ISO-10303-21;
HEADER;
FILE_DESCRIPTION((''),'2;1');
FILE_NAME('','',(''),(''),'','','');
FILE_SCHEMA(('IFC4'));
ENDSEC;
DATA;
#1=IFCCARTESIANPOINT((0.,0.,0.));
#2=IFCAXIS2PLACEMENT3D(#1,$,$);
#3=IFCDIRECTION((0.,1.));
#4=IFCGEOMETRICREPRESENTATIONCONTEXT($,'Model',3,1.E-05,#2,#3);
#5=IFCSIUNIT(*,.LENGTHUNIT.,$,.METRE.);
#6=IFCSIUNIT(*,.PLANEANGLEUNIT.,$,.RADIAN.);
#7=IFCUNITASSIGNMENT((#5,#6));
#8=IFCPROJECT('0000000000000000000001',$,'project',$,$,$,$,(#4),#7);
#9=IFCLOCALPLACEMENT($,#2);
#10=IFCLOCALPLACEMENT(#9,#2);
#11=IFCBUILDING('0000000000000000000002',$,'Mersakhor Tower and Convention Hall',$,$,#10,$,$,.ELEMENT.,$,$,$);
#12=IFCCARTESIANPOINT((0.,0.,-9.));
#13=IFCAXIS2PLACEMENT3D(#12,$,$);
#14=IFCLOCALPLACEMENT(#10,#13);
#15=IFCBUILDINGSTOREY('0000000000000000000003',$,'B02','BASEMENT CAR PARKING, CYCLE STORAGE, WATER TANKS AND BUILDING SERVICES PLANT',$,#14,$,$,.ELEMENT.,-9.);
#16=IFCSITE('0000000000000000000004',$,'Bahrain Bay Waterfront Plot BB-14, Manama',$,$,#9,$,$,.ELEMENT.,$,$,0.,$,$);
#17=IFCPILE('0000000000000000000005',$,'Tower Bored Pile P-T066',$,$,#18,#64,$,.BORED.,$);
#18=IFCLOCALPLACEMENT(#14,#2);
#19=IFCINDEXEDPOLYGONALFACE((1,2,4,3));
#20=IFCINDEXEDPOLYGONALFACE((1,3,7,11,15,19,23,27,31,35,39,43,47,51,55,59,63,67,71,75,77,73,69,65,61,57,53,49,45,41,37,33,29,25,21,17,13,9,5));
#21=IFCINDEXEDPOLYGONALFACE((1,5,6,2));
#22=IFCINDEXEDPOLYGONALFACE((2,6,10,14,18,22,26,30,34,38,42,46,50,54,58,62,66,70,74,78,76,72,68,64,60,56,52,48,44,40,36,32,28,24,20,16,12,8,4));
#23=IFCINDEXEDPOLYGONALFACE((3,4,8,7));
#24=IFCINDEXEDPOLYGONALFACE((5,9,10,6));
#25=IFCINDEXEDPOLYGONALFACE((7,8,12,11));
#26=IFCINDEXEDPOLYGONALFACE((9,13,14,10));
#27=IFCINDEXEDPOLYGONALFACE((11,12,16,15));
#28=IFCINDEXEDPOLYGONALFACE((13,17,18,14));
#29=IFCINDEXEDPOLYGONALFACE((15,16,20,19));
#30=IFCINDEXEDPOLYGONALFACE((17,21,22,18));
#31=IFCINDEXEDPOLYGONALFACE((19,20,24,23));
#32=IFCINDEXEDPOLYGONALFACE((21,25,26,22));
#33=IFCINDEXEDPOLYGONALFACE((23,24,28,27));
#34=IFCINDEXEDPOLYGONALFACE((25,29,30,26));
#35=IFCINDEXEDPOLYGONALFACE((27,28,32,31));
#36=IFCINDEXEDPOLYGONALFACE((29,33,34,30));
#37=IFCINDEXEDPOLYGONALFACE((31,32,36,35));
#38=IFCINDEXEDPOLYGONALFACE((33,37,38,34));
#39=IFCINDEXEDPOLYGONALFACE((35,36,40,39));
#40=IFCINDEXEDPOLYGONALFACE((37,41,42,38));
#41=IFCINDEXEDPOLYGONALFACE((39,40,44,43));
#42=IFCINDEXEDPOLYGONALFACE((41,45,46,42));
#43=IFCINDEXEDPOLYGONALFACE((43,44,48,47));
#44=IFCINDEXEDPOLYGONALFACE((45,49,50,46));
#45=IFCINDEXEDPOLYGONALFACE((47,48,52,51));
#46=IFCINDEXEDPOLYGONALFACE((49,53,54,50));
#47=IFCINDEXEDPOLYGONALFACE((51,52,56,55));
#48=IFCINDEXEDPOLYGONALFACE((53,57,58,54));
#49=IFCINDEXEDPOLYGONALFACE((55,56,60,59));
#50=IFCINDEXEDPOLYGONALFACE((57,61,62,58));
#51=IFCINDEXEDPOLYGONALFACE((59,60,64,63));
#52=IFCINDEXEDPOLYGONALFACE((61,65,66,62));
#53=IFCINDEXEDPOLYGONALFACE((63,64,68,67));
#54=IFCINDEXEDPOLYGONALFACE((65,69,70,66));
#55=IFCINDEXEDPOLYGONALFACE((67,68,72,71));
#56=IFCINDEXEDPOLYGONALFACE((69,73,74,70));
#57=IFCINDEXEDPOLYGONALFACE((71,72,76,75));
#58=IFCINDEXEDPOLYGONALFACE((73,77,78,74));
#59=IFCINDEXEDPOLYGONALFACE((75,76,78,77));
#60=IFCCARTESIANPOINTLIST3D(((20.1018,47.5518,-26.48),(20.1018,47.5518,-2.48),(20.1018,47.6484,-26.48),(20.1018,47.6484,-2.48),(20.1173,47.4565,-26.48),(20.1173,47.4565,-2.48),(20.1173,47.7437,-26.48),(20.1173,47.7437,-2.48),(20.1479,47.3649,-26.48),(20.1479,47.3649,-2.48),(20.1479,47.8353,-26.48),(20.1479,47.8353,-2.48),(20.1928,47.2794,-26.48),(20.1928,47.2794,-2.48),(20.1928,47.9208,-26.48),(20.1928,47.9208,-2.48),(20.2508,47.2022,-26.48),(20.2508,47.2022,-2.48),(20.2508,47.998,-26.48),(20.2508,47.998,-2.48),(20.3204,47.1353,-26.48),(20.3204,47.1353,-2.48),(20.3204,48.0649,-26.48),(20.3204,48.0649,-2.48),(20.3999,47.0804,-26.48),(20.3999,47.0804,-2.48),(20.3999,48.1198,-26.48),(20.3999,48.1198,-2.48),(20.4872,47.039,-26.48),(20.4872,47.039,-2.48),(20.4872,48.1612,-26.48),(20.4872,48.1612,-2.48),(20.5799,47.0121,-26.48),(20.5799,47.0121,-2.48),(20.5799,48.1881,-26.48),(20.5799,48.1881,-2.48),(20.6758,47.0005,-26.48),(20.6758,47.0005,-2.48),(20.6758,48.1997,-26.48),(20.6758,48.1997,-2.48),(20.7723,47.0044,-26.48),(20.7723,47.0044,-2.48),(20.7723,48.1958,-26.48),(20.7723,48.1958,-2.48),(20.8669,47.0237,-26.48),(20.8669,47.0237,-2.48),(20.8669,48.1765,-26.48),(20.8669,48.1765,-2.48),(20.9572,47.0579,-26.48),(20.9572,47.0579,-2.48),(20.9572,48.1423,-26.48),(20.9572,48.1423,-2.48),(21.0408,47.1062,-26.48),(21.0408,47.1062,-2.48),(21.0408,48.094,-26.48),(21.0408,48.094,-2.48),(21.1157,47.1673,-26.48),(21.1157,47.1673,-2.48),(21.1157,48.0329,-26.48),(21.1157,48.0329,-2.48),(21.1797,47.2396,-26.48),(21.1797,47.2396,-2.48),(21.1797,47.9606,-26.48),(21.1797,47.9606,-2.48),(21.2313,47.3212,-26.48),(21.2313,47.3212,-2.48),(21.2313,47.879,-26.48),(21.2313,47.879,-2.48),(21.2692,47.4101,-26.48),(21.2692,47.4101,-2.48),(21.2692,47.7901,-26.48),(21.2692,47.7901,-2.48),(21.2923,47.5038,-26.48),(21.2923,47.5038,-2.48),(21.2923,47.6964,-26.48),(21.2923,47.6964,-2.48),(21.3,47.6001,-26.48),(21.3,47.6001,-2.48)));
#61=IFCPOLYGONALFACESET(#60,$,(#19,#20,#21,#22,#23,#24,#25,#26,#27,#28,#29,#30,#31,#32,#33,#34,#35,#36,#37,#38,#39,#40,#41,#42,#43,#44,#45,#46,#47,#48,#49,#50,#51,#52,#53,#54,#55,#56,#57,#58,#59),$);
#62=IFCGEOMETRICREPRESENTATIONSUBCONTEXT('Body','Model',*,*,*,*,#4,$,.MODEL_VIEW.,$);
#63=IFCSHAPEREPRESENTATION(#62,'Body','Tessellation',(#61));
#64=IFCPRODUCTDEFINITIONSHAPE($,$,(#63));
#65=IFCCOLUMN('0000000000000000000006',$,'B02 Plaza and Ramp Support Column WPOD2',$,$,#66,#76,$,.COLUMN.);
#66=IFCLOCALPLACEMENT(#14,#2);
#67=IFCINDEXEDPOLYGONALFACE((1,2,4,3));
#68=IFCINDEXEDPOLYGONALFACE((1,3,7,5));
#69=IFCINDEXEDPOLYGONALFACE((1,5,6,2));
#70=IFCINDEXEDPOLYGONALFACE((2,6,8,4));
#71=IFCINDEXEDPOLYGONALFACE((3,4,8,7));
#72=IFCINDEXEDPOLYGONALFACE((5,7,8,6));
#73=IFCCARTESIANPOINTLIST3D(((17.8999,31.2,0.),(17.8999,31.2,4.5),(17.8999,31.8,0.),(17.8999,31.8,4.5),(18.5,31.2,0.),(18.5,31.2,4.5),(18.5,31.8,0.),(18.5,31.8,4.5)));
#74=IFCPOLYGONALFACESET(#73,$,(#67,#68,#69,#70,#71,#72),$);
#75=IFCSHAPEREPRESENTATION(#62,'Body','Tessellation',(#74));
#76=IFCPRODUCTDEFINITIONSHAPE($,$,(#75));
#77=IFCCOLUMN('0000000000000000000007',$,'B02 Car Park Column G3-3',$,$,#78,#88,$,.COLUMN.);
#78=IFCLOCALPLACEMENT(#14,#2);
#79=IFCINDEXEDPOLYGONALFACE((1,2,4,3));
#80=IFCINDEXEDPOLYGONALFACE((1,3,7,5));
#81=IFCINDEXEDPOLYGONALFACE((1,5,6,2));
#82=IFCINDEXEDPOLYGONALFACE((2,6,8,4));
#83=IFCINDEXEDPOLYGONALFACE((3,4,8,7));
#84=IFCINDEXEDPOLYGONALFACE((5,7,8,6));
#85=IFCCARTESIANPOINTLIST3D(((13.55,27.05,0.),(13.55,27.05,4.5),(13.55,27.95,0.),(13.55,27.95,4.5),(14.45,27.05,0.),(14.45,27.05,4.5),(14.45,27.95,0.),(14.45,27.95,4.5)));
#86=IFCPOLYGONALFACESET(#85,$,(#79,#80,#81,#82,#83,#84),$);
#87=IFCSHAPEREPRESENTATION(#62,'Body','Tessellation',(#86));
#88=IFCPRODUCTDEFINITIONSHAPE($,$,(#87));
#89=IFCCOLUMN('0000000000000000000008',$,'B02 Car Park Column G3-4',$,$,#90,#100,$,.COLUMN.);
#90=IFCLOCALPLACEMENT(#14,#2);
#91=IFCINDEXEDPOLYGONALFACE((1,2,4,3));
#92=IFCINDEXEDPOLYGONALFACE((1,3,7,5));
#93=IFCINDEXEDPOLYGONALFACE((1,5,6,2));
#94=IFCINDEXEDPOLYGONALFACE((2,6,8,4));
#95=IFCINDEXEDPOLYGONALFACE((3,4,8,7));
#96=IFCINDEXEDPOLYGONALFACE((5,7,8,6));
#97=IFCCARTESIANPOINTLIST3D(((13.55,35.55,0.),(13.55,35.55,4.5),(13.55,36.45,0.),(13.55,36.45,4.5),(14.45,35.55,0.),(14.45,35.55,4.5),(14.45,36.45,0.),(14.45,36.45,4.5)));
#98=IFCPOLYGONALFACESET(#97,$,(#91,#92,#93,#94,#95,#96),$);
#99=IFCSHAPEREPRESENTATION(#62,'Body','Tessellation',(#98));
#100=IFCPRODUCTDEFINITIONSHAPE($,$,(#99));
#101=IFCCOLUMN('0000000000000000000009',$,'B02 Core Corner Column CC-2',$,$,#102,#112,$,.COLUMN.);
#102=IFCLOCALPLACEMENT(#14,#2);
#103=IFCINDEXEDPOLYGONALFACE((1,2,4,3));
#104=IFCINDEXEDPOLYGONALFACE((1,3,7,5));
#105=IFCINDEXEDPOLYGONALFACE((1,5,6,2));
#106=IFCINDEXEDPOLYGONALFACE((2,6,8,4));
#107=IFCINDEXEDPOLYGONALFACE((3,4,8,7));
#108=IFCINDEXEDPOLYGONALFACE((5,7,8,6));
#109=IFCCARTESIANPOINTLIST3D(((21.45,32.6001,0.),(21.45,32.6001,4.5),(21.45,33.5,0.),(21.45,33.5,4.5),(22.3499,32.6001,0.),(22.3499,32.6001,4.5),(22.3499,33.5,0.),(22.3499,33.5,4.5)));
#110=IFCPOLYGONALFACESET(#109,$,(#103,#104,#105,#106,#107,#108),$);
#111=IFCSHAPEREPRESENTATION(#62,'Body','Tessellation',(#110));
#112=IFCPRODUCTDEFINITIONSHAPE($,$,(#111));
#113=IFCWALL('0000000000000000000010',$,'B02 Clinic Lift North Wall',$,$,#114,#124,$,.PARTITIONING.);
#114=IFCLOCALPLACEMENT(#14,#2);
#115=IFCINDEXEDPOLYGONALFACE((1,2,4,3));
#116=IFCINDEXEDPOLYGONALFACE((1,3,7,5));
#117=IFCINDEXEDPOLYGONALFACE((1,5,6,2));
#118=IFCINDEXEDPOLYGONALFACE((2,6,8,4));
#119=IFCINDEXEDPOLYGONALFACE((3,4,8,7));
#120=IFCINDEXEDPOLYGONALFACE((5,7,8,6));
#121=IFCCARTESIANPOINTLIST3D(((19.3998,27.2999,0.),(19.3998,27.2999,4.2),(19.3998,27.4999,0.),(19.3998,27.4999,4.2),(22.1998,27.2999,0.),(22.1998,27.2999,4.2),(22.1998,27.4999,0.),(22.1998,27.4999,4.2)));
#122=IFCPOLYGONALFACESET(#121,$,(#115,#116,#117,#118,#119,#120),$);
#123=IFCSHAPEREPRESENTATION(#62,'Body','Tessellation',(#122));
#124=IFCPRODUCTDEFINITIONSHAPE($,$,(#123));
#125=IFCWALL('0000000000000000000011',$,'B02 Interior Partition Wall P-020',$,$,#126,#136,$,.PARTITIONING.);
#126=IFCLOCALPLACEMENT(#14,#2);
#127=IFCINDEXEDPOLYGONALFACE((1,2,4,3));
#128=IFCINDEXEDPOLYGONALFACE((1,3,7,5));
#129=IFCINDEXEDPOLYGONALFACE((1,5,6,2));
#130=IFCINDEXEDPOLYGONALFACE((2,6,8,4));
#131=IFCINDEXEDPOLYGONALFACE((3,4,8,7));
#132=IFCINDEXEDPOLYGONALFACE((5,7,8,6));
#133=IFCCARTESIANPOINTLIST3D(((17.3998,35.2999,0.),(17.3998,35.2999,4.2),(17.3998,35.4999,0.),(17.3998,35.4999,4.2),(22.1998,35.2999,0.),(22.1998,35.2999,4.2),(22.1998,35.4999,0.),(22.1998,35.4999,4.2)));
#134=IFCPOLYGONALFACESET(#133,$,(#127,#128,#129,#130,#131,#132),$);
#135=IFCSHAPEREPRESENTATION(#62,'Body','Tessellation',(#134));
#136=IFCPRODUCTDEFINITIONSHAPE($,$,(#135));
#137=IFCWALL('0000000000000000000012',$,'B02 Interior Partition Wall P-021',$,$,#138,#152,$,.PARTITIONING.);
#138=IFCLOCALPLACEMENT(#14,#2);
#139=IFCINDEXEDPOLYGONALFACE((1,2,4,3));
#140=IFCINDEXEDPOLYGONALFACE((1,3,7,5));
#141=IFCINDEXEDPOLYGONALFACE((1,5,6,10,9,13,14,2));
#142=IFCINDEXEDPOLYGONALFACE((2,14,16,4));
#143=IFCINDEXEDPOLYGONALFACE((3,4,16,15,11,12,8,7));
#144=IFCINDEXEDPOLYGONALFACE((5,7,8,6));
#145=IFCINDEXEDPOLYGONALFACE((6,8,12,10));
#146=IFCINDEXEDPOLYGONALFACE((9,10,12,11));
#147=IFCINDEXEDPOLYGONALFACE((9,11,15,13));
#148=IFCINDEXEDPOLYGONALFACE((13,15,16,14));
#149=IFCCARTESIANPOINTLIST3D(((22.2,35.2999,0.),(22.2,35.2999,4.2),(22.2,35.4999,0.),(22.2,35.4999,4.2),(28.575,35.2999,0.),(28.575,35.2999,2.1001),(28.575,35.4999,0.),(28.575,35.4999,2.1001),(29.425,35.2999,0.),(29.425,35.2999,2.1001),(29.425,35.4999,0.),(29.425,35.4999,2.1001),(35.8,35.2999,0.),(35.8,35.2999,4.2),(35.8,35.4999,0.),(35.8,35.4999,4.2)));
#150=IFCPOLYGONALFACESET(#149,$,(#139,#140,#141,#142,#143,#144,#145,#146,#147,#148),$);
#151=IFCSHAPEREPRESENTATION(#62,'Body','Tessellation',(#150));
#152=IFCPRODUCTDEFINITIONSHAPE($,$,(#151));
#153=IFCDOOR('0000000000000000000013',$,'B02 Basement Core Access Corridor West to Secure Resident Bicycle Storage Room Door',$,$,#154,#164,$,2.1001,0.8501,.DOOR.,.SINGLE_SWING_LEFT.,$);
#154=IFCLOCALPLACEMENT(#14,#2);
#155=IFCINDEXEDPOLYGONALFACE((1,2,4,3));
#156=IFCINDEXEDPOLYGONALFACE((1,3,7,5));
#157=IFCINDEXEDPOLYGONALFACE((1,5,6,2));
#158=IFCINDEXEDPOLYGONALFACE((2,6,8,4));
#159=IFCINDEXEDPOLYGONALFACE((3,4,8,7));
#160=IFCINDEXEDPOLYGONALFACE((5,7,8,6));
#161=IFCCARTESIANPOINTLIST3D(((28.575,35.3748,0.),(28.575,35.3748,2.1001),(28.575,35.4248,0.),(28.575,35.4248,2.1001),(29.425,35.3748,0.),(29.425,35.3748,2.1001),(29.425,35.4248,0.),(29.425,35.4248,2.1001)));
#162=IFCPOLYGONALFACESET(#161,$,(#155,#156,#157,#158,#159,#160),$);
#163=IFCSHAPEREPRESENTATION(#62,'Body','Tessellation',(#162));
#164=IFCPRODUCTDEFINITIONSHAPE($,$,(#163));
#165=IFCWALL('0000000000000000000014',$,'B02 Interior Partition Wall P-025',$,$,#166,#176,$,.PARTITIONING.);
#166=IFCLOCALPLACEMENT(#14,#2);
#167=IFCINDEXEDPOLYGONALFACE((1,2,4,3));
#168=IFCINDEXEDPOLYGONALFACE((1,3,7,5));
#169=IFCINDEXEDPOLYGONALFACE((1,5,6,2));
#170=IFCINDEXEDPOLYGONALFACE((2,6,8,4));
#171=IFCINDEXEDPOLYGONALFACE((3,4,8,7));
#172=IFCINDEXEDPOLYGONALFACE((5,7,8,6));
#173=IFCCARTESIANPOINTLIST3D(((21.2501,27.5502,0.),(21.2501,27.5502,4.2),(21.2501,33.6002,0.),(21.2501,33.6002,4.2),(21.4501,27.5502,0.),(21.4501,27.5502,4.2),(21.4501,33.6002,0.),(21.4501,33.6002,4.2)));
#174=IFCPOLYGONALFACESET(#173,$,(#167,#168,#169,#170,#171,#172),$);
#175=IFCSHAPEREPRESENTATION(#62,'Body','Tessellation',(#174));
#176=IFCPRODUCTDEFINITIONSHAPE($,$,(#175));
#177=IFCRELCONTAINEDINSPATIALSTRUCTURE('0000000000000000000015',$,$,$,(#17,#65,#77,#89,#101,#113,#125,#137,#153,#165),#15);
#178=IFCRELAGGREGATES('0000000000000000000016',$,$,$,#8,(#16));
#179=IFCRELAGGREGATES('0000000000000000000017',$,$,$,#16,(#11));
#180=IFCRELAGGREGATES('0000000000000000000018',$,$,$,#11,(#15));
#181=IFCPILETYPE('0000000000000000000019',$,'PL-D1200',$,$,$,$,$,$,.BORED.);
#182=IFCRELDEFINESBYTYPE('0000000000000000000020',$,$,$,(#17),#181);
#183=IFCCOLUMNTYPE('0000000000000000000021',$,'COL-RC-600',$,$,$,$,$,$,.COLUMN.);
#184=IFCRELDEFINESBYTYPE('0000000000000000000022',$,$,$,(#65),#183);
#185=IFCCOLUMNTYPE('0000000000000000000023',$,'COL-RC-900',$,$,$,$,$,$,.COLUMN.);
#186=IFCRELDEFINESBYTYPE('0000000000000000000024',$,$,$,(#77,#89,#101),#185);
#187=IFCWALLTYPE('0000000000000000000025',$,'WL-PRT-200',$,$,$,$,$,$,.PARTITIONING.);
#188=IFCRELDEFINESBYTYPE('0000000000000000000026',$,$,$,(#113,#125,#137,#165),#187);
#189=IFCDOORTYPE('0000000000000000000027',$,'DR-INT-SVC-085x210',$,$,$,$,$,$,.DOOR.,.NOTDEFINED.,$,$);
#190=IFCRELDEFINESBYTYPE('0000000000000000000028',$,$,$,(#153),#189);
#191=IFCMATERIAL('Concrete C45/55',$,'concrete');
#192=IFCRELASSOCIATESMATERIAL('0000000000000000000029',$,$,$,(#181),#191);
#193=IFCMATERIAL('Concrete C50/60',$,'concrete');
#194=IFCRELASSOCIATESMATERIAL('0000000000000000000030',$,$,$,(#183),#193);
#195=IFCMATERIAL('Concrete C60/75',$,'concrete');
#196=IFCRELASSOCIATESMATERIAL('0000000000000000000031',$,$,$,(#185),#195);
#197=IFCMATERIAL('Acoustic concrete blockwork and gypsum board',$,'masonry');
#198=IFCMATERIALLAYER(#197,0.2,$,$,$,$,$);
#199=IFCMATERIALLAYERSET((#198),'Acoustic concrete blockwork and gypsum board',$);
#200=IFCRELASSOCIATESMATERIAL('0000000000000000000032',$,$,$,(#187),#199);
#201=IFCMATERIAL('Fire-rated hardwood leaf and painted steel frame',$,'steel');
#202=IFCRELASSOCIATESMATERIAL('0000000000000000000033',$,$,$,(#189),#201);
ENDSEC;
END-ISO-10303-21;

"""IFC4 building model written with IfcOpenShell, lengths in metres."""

from ifc_helpers import new_model, si_unit, direction, frame, frame_2d, origin, origin_2d, place, context, subcontext, project, spatial, rectangle, circle, extrude, material, layer, layer_set, material_profile, profile_set, type_object, element, fill, save


model = new_model("IFC4")

# Units and contexts
model_context = context("Model", 3, precision=1e-05, world=origin(), true_north=direction((0.0, 1.0)))
body_context = subcontext(model_context, "Body", "Model", "MODEL_VIEW")
ifc_project = project(units=[si_unit("LENGTHUNIT", "METRE"), si_unit("PLANEANGLEUNIT", "RADIAN")], contexts=[model_context])

# Site, building, storey
site_placement = place(None, origin())
site = spatial("IfcSite", under=ifc_project, at=site_placement, Name="Bahrain Bay Waterfront Plot BB-14, Manama", CompositionType="ELEMENT", RefElevation=0.0)
building_placement = place(site_placement, origin())
building = spatial("IfcBuilding", under=site, at=building_placement, Name="Mersakhor Tower and Convention Hall", CompositionType="ELEMENT")
storey_placement = place(building_placement, frame((0.0, 0.0, -9.0)))
storey = spatial("IfcBuildingStorey", under=building, at=storey_placement, Name="B02", Description="BASEMENT CAR PARKING, CYCLE STORAGE, WATER TANKS AND BUILDING SERVICES PLANT", CompositionType="ELEMENT", Elevation=-9.0)

# Pile
ifc_material_1 = material(Name="Concrete C45/55", Category="concrete")
ifc_material_profile_1 = material_profile(ifc_material_1, circle(Radius=0.6001, at=origin_2d()), Name="PILE D1200")
ifc_profile_set_1 = profile_set([ifc_material_profile_1], Name="Concrete C45/55")
pile_type = type_object("IfcPileType", Name="PL-D1200", PredefinedType="BORED", material=ifc_profile_set_1)
for number, where, z_axis, x_axis, name in (
    (1, (20.7, 47.6001, -2.48), (0.0, 0.0, -1.0), (1.0, 0.0, 0.0), "Tower Bored Pile P-T066"),
):
    element("IfcPile", number, at=place(storey_placement, frame(where, z_axis=z_axis, x_axis=x_axis)), inside=storey, type_object=pile_type, Name=name, PredefinedType="BORED", context=body_context, shape_type="SweptSolid", body=[
        extrude(circle(Radius=0.6001, at=origin_2d()), origin(), (0.0, 0.0, 1.0), 24.0),
    ])

# Columns
ifc_material_2 = material(Name="Concrete C50/60", Category="concrete")
ifc_material_profile_2 = material_profile(ifc_material_2, rectangle(XDim=0.6001, YDim=0.6001, at=origin_2d()), Name="RC 600x600")
ifc_profile_set_2 = profile_set([ifc_material_profile_2], Name="Concrete C50/60")
column_type_1 = type_object("IfcColumnType", Name="COL-RC-600", PredefinedType="COLUMN", material=ifc_profile_set_2)
column_placement = place(storey_placement, frame((18.2, 31.5, 0.0), z_axis=(0.0, 0.0, 1.0), x_axis=(1.0, 0.0, 0.0)))
element("IfcColumn", 2, at=column_placement, inside=storey, type_object=column_type_1, Name="B02 Plaza and Ramp Support Column WPOD2", PredefinedType="COLUMN", context=body_context, shape_type="SweptSolid", body=[
    extrude(rectangle(XDim=0.6001, YDim=0.6001, at=origin_2d()), origin(), (0.0, 0.0, 1.0), 4.5),
])
ifc_material_3 = material(Name="Concrete C60/75", Category="concrete")
ifc_material_profile_3 = material_profile(ifc_material_3, rectangle(XDim=0.8999, YDim=0.8999, at=origin_2d()), Name="RC 900x900")
ifc_profile_set_3 = profile_set([ifc_material_profile_3], Name="Concrete C60/75")
column_type_2 = type_object("IfcColumnType", Name="COL-RC-900", PredefinedType="COLUMN", material=ifc_profile_set_3)
for number, where, z_axis, x_axis, name in (
    (3, (14.0, 27.5, 0.0), (0.0, 0.0, 1.0), (1.0, 0.0, 0.0), "B02 Car Park Column G3-3"),
    (4, (14.0, 36.0, 0.0), (0.0, 0.0, 1.0), (1.0, 0.0, 0.0), "B02 Car Park Column G3-4"),
    (5, (21.8999, 33.05, 0.0), (0.0, 0.0, 1.0), (1.0, 0.0, 0.0), "B02 Core Corner Column CC-2"),
):
    element("IfcColumn", number, at=place(storey_placement, frame(where, z_axis=z_axis, x_axis=x_axis)), inside=storey, type_object=column_type_2, Name=name, PredefinedType="COLUMN", context=body_context, shape_type="SweptSolid", body=[
        extrude(rectangle(XDim=0.8999, YDim=0.8999, at=origin_2d()), origin(), (0.0, 0.0, 1.0), 4.5),
    ])

# Walls
ifc_material_4 = material(Name="Acoustic concrete blockwork and gypsum board", Category="masonry")
ifc_layer_1 = layer(ifc_material_4, 0.2)
ifc_layer_set_1 = layer_set([ifc_layer_1], Name="Acoustic concrete blockwork and gypsum board")
wall_type_1 = type_object("IfcWallType", Name="WL-PRT-200", PredefinedType="PARTITIONING", material=ifc_layer_set_1)
wall_1_placement = place(storey_placement, frame((19.3999, 27.3999, 0.0), z_axis=(0.0, 0.0, 1.0), x_axis=(1.0, 0.0, 0.0)))
element("IfcWall", 6, at=wall_1_placement, inside=storey, type_object=wall_type_1, Name="B02 Clinic Lift North Wall", PredefinedType="PARTITIONING", context=body_context, shape_type="SweptSolid", body=[
    extrude(rectangle(XDim=2.8, YDim=0.2, at=frame_2d((1.3999, 0.0))), origin(), (0.0, 0.0, 1.0), 4.2),
])
wall_2_placement = place(storey_placement, frame((17.3999, 35.3999, 0.0), z_axis=(0.0, 0.0, 1.0), x_axis=(1.0, 0.0, 0.0)))
element("IfcWall", 7, at=wall_2_placement, inside=storey, type_object=wall_type_1, Name="B02 Interior Partition Wall P-020", PredefinedType="PARTITIONING", context=body_context, shape_type="SweptSolid", body=[
    extrude(rectangle(XDim=4.8, YDim=0.2, at=frame_2d((2.3999, 0.0))), origin(), (0.0, 0.0, 1.0), 4.2),
])

# Wall, opening, door
wall_3_placement = place(storey_placement, frame((22.2, 35.3999, 0.0), z_axis=(0.0, 0.0, 1.0), x_axis=(1.0, 0.0, 0.0)))
wall_3 = element("IfcWall", 8, at=wall_3_placement, inside=storey, type_object=wall_type_1, Name="B02 Interior Partition Wall P-021", PredefinedType="PARTITIONING", context=body_context, shape_type="SweptSolid", body=[
    extrude(rectangle(XDim=13.6001, YDim=0.2, at=frame_2d((6.8, 0.0))), origin(), (0.0, 0.0, 1.0), 4.2),
])
opening_1_placement = place(wall_3_placement, frame((6.375, 0.0, 0.0)))
opening_1 = element("IfcOpeningElement", 9, at=opening_1_placement, cuts=wall_3, PredefinedType="OPENING", context=body_context, shape_type="SweptSolid", body=[
    extrude(rectangle(XDim=0.8501, YDim=2.1001, at=frame_2d((0.425, 1.05))), frame((0.0, 0.1099, 0.0), z_axis=(0.0, -1.0, 0.0), x_axis=(1.0, 0.0, 0.0)), (0.0, 0.0, 1.0), 0.22),
])
ifc_material_5 = material(Name="Fire-rated hardwood leaf and painted steel frame", Category="steel")
door_type_1 = type_object("IfcDoorType", Name="DR-INT-SVC-085x210", OperationType="NOTDEFINED", PredefinedType="DOOR", material=ifc_material_5)
door_1_placement = place(opening_1_placement, origin())
door_1 = element("IfcDoor", 10, at=door_1_placement, inside=storey, type_object=door_type_1, Name="B02 Basement Core Access Corridor West to Secure Resident Bicycle Storage Room Door", OperationType="SINGLE_SWING_LEFT", OverallHeight=2.1001, OverallWidth=0.8501, PredefinedType="DOOR", context=body_context, shape_type="SweptSolid", body=[
    extrude(rectangle(XDim=0.8501, YDim=2.1001, at=frame_2d((0.425, 1.05))), frame((0.0, 0.0249, 0.0), z_axis=(0.0, -1.0, 0.0), x_axis=(1.0, 0.0, 0.0)), (0.0, 0.0, 1.0), 0.05),
])
fill(opening_1, door_1)

# Wall
wall_4_placement = place(storey_placement, frame((21.3501, 33.6001, 0.0), z_axis=(0.0, 0.0, 1.0), x_axis=(0.0, -1.0, 0.0)))
element("IfcWall", 11, at=wall_4_placement, inside=storey, type_object=wall_type_1, Name="B02 Interior Partition Wall P-025", PredefinedType="PARTITIONING", context=body_context, shape_type="SweptSolid", body=[
    extrude(rectangle(XDim=6.05, YDim=0.2, at=frame_2d((3.0249, 0.0))), origin(), (0.0, 0.0, 1.0), 4.2),
])

save(model, "model.ifc")
